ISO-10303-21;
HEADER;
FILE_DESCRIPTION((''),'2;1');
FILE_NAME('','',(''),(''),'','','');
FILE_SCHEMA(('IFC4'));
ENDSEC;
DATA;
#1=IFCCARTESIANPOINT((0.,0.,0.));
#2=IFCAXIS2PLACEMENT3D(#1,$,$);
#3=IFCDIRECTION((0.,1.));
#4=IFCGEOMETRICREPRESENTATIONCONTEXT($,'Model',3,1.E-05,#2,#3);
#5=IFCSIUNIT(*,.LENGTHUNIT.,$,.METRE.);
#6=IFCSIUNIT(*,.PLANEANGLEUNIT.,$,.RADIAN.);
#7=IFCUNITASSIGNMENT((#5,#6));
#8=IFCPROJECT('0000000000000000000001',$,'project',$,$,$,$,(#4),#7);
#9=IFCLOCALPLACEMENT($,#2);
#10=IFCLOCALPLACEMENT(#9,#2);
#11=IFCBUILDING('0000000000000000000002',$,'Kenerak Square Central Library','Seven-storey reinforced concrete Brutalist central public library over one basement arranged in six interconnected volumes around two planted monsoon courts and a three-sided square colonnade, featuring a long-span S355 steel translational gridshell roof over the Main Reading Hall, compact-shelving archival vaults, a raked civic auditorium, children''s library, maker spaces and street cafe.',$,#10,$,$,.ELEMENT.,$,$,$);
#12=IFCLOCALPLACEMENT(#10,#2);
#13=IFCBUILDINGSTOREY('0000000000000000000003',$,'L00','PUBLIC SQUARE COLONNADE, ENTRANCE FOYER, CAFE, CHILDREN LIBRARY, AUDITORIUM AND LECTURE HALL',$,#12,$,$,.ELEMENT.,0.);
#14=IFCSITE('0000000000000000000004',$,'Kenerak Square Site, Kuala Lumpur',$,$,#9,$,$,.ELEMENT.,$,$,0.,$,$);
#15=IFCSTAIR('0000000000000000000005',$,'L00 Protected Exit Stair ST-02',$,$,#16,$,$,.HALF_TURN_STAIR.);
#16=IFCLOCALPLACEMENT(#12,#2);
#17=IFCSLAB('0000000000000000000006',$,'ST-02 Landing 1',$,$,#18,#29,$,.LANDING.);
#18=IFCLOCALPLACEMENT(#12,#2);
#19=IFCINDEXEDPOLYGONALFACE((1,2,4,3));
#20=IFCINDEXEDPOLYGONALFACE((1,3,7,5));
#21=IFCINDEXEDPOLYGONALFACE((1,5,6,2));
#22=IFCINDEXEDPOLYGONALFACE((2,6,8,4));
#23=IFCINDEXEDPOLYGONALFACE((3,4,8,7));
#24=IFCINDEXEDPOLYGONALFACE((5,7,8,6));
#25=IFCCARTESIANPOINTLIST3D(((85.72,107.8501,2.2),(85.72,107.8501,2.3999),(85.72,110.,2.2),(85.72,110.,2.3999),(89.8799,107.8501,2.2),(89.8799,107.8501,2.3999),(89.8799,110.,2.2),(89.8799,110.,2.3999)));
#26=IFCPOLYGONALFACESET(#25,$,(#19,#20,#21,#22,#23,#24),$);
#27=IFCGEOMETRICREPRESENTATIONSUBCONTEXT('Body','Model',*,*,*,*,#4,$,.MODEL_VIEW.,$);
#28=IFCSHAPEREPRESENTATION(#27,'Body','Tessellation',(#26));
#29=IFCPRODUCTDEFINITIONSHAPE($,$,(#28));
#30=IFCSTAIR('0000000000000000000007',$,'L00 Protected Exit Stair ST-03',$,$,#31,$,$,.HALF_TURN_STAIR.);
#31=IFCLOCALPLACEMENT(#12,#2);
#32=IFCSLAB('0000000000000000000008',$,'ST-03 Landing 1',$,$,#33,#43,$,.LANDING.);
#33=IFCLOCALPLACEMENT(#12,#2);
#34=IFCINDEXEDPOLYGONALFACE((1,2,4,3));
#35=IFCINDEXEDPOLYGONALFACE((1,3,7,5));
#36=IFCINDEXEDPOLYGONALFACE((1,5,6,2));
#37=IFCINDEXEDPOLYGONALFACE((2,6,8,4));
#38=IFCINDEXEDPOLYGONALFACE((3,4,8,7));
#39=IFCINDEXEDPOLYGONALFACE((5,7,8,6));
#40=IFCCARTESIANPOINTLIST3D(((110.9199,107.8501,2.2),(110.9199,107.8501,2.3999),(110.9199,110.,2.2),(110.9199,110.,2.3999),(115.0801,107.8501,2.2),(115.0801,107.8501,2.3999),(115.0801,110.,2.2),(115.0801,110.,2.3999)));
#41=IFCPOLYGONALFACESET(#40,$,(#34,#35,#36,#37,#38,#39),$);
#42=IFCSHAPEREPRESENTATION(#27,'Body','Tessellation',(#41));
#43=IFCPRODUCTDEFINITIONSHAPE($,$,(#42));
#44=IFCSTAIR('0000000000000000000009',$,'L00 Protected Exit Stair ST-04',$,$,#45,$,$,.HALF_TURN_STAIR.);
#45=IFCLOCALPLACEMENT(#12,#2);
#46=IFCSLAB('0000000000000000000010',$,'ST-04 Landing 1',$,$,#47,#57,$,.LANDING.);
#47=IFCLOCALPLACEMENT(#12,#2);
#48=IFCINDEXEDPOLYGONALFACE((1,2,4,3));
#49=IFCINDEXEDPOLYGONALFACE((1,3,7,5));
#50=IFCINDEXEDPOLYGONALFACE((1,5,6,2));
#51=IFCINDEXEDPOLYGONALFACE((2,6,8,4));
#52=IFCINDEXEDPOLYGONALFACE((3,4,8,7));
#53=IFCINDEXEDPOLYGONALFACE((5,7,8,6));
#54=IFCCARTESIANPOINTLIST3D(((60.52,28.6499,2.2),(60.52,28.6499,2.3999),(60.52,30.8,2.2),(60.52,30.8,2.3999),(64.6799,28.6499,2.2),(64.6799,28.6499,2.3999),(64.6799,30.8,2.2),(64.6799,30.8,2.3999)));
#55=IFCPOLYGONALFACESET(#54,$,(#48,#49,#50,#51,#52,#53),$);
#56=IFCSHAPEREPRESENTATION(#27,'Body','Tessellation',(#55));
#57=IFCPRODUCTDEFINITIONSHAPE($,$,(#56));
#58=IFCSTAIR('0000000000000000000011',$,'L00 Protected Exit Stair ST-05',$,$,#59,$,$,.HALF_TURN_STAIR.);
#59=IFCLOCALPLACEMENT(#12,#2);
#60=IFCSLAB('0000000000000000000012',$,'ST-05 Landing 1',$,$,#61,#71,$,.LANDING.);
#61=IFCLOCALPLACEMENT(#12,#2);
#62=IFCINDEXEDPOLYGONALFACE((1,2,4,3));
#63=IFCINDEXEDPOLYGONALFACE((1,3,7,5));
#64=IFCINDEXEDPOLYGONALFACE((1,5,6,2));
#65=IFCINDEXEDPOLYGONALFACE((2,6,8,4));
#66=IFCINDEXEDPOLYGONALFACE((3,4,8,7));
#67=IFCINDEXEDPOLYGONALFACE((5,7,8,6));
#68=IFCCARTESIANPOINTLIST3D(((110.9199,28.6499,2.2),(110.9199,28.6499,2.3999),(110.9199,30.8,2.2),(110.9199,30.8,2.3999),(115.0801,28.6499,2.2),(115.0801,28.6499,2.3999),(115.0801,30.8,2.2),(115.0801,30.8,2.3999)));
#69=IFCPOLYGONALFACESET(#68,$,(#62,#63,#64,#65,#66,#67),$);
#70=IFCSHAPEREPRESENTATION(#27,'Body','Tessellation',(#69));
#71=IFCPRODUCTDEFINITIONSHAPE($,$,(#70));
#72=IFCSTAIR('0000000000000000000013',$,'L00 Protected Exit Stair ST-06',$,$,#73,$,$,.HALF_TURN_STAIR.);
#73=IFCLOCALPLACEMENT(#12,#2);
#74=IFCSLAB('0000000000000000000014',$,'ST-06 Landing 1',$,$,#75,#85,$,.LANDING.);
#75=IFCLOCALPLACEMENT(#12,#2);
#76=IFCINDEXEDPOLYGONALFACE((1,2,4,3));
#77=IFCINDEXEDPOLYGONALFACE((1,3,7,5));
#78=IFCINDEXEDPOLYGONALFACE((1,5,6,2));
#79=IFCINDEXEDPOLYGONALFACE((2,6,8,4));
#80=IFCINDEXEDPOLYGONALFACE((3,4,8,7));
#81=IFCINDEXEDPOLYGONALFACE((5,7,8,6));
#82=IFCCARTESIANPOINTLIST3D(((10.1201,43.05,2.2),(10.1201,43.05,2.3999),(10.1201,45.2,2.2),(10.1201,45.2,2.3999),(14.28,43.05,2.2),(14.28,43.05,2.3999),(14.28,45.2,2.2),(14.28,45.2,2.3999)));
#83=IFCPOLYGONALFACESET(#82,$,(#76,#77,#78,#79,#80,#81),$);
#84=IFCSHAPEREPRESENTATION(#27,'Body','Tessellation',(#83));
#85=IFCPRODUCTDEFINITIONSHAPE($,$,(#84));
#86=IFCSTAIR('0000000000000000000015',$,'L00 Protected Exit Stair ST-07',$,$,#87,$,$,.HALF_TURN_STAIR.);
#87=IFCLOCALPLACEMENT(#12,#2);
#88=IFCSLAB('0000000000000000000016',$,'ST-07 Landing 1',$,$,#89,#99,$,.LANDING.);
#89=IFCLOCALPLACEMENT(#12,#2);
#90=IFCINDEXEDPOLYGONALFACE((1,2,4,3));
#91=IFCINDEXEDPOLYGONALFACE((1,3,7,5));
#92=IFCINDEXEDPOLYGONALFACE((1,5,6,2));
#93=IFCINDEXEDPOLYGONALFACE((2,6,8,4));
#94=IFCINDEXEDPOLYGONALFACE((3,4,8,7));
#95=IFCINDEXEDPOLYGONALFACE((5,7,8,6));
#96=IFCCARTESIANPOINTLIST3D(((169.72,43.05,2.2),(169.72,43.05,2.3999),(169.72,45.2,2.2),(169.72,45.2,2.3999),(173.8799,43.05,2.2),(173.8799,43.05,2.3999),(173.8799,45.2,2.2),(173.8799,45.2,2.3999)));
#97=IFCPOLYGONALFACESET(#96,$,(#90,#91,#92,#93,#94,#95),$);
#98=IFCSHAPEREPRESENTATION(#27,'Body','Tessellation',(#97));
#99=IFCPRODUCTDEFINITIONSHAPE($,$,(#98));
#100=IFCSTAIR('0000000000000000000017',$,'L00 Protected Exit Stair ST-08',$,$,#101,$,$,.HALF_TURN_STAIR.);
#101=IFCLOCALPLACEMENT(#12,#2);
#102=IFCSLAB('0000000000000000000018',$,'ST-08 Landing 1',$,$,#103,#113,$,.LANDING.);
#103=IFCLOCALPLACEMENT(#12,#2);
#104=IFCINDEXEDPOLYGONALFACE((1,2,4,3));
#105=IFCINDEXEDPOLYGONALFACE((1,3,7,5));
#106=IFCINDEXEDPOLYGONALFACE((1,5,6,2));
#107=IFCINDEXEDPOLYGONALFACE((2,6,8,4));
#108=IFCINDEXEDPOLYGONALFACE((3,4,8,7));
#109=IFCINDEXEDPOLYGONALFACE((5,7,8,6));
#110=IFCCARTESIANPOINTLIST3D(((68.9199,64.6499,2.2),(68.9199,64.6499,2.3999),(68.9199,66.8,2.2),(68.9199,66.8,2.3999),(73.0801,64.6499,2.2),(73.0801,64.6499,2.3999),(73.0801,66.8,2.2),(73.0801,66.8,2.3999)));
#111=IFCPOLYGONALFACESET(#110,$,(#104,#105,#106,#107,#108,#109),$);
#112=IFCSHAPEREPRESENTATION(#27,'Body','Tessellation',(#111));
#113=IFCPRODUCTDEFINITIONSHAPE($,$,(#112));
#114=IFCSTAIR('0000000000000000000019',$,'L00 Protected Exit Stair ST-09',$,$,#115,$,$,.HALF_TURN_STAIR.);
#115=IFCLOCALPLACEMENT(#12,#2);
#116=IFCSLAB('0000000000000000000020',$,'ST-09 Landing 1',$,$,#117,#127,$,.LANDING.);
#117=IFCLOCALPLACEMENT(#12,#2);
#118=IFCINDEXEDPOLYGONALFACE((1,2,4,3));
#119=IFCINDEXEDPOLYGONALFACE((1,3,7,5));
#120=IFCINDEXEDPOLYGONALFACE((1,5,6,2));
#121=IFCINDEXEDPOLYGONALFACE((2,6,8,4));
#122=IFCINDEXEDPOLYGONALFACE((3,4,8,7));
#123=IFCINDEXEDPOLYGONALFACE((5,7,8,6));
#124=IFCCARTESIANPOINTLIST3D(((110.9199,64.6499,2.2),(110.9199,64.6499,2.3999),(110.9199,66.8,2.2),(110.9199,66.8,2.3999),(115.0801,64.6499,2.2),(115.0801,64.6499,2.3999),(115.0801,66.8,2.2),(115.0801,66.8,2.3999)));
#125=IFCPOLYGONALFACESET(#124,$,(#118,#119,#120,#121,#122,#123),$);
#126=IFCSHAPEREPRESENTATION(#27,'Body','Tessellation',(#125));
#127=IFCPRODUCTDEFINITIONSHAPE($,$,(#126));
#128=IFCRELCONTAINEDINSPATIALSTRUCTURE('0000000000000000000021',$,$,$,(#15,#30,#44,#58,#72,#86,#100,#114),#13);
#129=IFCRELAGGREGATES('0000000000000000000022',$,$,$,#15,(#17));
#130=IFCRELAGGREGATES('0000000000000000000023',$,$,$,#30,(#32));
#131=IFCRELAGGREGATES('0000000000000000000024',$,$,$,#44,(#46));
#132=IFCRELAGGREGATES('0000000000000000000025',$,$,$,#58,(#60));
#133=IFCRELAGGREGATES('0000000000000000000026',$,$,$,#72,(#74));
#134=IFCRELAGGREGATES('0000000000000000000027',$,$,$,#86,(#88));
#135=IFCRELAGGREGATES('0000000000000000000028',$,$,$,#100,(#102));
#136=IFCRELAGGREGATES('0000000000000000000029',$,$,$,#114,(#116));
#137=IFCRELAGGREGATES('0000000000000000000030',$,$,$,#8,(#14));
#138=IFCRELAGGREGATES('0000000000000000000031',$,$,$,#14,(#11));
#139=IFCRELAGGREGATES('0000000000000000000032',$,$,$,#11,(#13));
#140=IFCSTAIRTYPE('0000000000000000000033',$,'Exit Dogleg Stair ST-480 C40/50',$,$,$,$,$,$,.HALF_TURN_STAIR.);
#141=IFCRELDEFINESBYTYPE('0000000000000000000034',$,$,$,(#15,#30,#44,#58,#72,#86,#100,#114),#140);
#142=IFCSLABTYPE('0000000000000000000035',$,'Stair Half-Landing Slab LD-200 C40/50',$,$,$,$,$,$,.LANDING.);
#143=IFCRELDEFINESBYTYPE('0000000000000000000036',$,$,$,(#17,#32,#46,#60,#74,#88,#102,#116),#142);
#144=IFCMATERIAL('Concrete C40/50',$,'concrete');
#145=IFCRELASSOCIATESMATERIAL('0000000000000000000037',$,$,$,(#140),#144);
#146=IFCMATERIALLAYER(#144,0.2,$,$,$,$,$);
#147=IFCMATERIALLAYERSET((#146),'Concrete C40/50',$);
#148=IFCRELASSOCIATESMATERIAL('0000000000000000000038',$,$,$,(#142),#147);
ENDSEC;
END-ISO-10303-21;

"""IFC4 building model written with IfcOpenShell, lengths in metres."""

from ifc_helpers import new_model, si_unit, direction, frame, origin, place, context, subcontext, project, spatial, polyline, outline, extrude, material, layer, layer_set, type_object, element, aggregate, save


model = new_model("IFC4")

# Units and contexts
model_context = context("Model", 3, precision=1e-05, world=origin(), true_north=direction((0.0, 1.0)))
body_context = subcontext(model_context, "Body", "Model", "MODEL_VIEW")
ifc_project = project(units=[si_unit("LENGTHUNIT", "METRE"), si_unit("PLANEANGLEUNIT", "RADIAN")], contexts=[model_context])

# Site, building, storey
site_placement = place(None, origin())
site = spatial("IfcSite", under=ifc_project, at=site_placement, Name="Kenerak Square Site, Kuala Lumpur", CompositionType="ELEMENT", RefElevation=0.0)
building_placement = place(site_placement, origin())
building = spatial("IfcBuilding", under=site, at=building_placement, Name="Kenerak Square Central Library", Description="Seven-storey reinforced concrete Brutalist central public library over one basement arranged in six interconnected volumes around two planted monsoon courts and a three-sided square colonnade, featuring a long-span S355 steel translational gridshell roof over the Main Reading Hall, compact-shelving archival vaults, a raked civic auditorium, children's library, maker spaces and street cafe.", CompositionType="ELEMENT")
storey_placement = place(building_placement, origin())
storey = spatial("IfcBuildingStorey", under=building, at=storey_placement, Name="L00", Description="PUBLIC SQUARE COLONNADE, ENTRANCE FOYER, CAFE, CHILDREN LIBRARY, AUDITORIUM AND LECTURE HALL", CompositionType="ELEMENT", Elevation=0.0)

# Shared definitions
ifc_material = material(Name="Concrete C40/50", Category="concrete")

# Stairs, slabs
stair_type = type_object("IfcStairType", Name="Exit Dogleg Stair ST-480 C40/50", PredefinedType="HALF_TURN_STAIR", material=ifc_material)
ifc_layer_1 = layer(ifc_material, 0.2)
ifc_layer_set_1 = layer_set([ifc_layer_1], Name="Concrete C40/50")
slab_type_1 = type_object("IfcSlabType", Name="Stair Half-Landing Slab LD-200 C40/50", PredefinedType="LANDING", material=ifc_layer_set_1)
stair_1_placement = place(storey_placement, origin())
stair_1 = element("IfcStair", 1, at=stair_1_placement, inside=storey, type_object=stair_type, Name="L00 Protected Exit Stair ST-02", PredefinedType="HALF_TURN_STAIR")
slab_1_placement = place(storey_placement, frame((0.0, 0.0, 2.2)))
slab_1 = element("IfcSlab", 2, at=slab_1_placement, type_object=slab_type_1, Name="ST-02 Landing 1", PredefinedType="LANDING", context=body_context, shape_type="SweptSolid", body=[
    extrude(outline(polyline([(89.8799, 107.8501), (89.8799, 110.0), (85.72, 110.0), (85.72, 107.8501), (89.8799, 107.8501)])), origin(), (0.0, 0.0, 1.0), 0.2),
])
aggregate(stair_1, [slab_1])
stair_2_placement = place(storey_placement, origin())
stair_2 = element("IfcStair", 3, at=stair_2_placement, inside=storey, type_object=stair_type, Name="L00 Protected Exit Stair ST-03", PredefinedType="HALF_TURN_STAIR")
slab_2_placement = place(storey_placement, frame((0.0, 0.0, 2.2)))
slab_2 = element("IfcSlab", 4, at=slab_2_placement, type_object=slab_type_1, Name="ST-03 Landing 1", PredefinedType="LANDING", context=body_context, shape_type="SweptSolid", body=[
    extrude(outline(polyline([(115.0801, 107.8501), (115.0801, 110.0), (110.9199, 110.0), (110.9199, 107.8501), (115.0801, 107.8501)])), origin(), (0.0, 0.0, 1.0), 0.2),
])
aggregate(stair_2, [slab_2])
stair_3_placement = place(storey_placement, origin())
stair_3 = element("IfcStair", 5, at=stair_3_placement, inside=storey, type_object=stair_type, Name="L00 Protected Exit Stair ST-04", PredefinedType="HALF_TURN_STAIR")
slab_3_placement = place(storey_placement, frame((0.0, 0.0, 2.2)))
slab_3 = element("IfcSlab", 6, at=slab_3_placement, type_object=slab_type_1, Name="ST-04 Landing 1", PredefinedType="LANDING", context=body_context, shape_type="SweptSolid", body=[
    extrude(outline(polyline([(64.6799, 28.6499), (64.6799, 30.8), (60.52, 30.8), (60.52, 28.6499), (64.6799, 28.6499)])), origin(), (0.0, 0.0, 1.0), 0.2),
])
aggregate(stair_3, [slab_3])
stair_4_placement = place(storey_placement, origin())
stair_4 = element("IfcStair", 7, at=stair_4_placement, inside=storey, type_object=stair_type, Name="L00 Protected Exit Stair ST-05", PredefinedType="HALF_TURN_STAIR")
slab_4_placement = place(storey_placement, frame((0.0, 0.0, 2.2)))
slab_4 = element("IfcSlab", 8, at=slab_4_placement, type_object=slab_type_1, Name="ST-05 Landing 1", PredefinedType="LANDING", context=body_context, shape_type="SweptSolid", body=[
    extrude(outline(polyline([(115.0801, 28.6499), (115.0801, 30.8), (110.9199, 30.8), (110.9199, 28.6499), (115.0801, 28.6499)])), origin(), (0.0, 0.0, 1.0), 0.2),
])
aggregate(stair_4, [slab_4])
stair_5_placement = place(storey_placement, origin())
stair_5 = element("IfcStair", 9, at=stair_5_placement, inside=storey, type_object=stair_type, Name="L00 Protected Exit Stair ST-06", PredefinedType="HALF_TURN_STAIR")
slab_5_placement = place(storey_placement, frame((0.0, 0.0, 2.2)))
slab_5 = element("IfcSlab", 10, at=slab_5_placement, type_object=slab_type_1, Name="ST-06 Landing 1", PredefinedType="LANDING", context=body_context, shape_type="SweptSolid", body=[
    extrude(outline(polyline([(14.28, 43.05), (14.28, 45.2), (10.1201, 45.2), (10.1201, 43.05), (14.28, 43.05)])), origin(), (0.0, 0.0, 1.0), 0.2),
])
aggregate(stair_5, [slab_5])
stair_6_placement = place(storey_placement, origin())
stair_6 = element("IfcStair", 11, at=stair_6_placement, inside=storey, type_object=stair_type, Name="L00 Protected Exit Stair ST-07", PredefinedType="HALF_TURN_STAIR")
slab_6_placement = place(storey_placement, frame((0.0, 0.0, 2.2)))
slab_6 = element("IfcSlab", 12, at=slab_6_placement, type_object=slab_type_1, Name="ST-07 Landing 1", PredefinedType="LANDING", context=body_context, shape_type="SweptSolid", body=[
    extrude(outline(polyline([(173.8799, 43.05), (173.8799, 45.2), (169.72, 45.2), (169.72, 43.05), (173.8799, 43.05)])), origin(), (0.0, 0.0, 1.0), 0.2),
])
aggregate(stair_6, [slab_6])
stair_7_placement = place(storey_placement, origin())
stair_7 = element("IfcStair", 13, at=stair_7_placement, inside=storey, type_object=stair_type, Name="L00 Protected Exit Stair ST-08", PredefinedType="HALF_TURN_STAIR")
slab_7_placement = place(storey_placement, frame((0.0, 0.0, 2.2)))
slab_7 = element("IfcSlab", 14, at=slab_7_placement, type_object=slab_type_1, Name="ST-08 Landing 1", PredefinedType="LANDING", context=body_context, shape_type="SweptSolid", body=[
    extrude(outline(polyline([(73.0801, 64.6499), (73.0801, 66.8), (68.9199, 66.8), (68.9199, 64.6499), (73.0801, 64.6499)])), origin(), (0.0, 0.0, 1.0), 0.2),
])
aggregate(stair_7, [slab_7])
stair_8_placement = place(storey_placement, origin())
stair_8 = element("IfcStair", 15, at=stair_8_placement, inside=storey, type_object=stair_type, Name="L00 Protected Exit Stair ST-09", PredefinedType="HALF_TURN_STAIR")
slab_8_placement = place(storey_placement, frame((0.0, 0.0, 2.2)))
slab_8 = element("IfcSlab", 16, at=slab_8_placement, type_object=slab_type_1, Name="ST-09 Landing 1", PredefinedType="LANDING", context=body_context, shape_type="SweptSolid", body=[
    extrude(outline(polyline([(115.0801, 64.6499), (115.0801, 66.8), (110.9199, 66.8), (110.9199, 64.6499), (115.0801, 64.6499)])), origin(), (0.0, 0.0, 1.0), 0.2),
])
aggregate(stair_8, [slab_8])

save(model, "model.ifc")
